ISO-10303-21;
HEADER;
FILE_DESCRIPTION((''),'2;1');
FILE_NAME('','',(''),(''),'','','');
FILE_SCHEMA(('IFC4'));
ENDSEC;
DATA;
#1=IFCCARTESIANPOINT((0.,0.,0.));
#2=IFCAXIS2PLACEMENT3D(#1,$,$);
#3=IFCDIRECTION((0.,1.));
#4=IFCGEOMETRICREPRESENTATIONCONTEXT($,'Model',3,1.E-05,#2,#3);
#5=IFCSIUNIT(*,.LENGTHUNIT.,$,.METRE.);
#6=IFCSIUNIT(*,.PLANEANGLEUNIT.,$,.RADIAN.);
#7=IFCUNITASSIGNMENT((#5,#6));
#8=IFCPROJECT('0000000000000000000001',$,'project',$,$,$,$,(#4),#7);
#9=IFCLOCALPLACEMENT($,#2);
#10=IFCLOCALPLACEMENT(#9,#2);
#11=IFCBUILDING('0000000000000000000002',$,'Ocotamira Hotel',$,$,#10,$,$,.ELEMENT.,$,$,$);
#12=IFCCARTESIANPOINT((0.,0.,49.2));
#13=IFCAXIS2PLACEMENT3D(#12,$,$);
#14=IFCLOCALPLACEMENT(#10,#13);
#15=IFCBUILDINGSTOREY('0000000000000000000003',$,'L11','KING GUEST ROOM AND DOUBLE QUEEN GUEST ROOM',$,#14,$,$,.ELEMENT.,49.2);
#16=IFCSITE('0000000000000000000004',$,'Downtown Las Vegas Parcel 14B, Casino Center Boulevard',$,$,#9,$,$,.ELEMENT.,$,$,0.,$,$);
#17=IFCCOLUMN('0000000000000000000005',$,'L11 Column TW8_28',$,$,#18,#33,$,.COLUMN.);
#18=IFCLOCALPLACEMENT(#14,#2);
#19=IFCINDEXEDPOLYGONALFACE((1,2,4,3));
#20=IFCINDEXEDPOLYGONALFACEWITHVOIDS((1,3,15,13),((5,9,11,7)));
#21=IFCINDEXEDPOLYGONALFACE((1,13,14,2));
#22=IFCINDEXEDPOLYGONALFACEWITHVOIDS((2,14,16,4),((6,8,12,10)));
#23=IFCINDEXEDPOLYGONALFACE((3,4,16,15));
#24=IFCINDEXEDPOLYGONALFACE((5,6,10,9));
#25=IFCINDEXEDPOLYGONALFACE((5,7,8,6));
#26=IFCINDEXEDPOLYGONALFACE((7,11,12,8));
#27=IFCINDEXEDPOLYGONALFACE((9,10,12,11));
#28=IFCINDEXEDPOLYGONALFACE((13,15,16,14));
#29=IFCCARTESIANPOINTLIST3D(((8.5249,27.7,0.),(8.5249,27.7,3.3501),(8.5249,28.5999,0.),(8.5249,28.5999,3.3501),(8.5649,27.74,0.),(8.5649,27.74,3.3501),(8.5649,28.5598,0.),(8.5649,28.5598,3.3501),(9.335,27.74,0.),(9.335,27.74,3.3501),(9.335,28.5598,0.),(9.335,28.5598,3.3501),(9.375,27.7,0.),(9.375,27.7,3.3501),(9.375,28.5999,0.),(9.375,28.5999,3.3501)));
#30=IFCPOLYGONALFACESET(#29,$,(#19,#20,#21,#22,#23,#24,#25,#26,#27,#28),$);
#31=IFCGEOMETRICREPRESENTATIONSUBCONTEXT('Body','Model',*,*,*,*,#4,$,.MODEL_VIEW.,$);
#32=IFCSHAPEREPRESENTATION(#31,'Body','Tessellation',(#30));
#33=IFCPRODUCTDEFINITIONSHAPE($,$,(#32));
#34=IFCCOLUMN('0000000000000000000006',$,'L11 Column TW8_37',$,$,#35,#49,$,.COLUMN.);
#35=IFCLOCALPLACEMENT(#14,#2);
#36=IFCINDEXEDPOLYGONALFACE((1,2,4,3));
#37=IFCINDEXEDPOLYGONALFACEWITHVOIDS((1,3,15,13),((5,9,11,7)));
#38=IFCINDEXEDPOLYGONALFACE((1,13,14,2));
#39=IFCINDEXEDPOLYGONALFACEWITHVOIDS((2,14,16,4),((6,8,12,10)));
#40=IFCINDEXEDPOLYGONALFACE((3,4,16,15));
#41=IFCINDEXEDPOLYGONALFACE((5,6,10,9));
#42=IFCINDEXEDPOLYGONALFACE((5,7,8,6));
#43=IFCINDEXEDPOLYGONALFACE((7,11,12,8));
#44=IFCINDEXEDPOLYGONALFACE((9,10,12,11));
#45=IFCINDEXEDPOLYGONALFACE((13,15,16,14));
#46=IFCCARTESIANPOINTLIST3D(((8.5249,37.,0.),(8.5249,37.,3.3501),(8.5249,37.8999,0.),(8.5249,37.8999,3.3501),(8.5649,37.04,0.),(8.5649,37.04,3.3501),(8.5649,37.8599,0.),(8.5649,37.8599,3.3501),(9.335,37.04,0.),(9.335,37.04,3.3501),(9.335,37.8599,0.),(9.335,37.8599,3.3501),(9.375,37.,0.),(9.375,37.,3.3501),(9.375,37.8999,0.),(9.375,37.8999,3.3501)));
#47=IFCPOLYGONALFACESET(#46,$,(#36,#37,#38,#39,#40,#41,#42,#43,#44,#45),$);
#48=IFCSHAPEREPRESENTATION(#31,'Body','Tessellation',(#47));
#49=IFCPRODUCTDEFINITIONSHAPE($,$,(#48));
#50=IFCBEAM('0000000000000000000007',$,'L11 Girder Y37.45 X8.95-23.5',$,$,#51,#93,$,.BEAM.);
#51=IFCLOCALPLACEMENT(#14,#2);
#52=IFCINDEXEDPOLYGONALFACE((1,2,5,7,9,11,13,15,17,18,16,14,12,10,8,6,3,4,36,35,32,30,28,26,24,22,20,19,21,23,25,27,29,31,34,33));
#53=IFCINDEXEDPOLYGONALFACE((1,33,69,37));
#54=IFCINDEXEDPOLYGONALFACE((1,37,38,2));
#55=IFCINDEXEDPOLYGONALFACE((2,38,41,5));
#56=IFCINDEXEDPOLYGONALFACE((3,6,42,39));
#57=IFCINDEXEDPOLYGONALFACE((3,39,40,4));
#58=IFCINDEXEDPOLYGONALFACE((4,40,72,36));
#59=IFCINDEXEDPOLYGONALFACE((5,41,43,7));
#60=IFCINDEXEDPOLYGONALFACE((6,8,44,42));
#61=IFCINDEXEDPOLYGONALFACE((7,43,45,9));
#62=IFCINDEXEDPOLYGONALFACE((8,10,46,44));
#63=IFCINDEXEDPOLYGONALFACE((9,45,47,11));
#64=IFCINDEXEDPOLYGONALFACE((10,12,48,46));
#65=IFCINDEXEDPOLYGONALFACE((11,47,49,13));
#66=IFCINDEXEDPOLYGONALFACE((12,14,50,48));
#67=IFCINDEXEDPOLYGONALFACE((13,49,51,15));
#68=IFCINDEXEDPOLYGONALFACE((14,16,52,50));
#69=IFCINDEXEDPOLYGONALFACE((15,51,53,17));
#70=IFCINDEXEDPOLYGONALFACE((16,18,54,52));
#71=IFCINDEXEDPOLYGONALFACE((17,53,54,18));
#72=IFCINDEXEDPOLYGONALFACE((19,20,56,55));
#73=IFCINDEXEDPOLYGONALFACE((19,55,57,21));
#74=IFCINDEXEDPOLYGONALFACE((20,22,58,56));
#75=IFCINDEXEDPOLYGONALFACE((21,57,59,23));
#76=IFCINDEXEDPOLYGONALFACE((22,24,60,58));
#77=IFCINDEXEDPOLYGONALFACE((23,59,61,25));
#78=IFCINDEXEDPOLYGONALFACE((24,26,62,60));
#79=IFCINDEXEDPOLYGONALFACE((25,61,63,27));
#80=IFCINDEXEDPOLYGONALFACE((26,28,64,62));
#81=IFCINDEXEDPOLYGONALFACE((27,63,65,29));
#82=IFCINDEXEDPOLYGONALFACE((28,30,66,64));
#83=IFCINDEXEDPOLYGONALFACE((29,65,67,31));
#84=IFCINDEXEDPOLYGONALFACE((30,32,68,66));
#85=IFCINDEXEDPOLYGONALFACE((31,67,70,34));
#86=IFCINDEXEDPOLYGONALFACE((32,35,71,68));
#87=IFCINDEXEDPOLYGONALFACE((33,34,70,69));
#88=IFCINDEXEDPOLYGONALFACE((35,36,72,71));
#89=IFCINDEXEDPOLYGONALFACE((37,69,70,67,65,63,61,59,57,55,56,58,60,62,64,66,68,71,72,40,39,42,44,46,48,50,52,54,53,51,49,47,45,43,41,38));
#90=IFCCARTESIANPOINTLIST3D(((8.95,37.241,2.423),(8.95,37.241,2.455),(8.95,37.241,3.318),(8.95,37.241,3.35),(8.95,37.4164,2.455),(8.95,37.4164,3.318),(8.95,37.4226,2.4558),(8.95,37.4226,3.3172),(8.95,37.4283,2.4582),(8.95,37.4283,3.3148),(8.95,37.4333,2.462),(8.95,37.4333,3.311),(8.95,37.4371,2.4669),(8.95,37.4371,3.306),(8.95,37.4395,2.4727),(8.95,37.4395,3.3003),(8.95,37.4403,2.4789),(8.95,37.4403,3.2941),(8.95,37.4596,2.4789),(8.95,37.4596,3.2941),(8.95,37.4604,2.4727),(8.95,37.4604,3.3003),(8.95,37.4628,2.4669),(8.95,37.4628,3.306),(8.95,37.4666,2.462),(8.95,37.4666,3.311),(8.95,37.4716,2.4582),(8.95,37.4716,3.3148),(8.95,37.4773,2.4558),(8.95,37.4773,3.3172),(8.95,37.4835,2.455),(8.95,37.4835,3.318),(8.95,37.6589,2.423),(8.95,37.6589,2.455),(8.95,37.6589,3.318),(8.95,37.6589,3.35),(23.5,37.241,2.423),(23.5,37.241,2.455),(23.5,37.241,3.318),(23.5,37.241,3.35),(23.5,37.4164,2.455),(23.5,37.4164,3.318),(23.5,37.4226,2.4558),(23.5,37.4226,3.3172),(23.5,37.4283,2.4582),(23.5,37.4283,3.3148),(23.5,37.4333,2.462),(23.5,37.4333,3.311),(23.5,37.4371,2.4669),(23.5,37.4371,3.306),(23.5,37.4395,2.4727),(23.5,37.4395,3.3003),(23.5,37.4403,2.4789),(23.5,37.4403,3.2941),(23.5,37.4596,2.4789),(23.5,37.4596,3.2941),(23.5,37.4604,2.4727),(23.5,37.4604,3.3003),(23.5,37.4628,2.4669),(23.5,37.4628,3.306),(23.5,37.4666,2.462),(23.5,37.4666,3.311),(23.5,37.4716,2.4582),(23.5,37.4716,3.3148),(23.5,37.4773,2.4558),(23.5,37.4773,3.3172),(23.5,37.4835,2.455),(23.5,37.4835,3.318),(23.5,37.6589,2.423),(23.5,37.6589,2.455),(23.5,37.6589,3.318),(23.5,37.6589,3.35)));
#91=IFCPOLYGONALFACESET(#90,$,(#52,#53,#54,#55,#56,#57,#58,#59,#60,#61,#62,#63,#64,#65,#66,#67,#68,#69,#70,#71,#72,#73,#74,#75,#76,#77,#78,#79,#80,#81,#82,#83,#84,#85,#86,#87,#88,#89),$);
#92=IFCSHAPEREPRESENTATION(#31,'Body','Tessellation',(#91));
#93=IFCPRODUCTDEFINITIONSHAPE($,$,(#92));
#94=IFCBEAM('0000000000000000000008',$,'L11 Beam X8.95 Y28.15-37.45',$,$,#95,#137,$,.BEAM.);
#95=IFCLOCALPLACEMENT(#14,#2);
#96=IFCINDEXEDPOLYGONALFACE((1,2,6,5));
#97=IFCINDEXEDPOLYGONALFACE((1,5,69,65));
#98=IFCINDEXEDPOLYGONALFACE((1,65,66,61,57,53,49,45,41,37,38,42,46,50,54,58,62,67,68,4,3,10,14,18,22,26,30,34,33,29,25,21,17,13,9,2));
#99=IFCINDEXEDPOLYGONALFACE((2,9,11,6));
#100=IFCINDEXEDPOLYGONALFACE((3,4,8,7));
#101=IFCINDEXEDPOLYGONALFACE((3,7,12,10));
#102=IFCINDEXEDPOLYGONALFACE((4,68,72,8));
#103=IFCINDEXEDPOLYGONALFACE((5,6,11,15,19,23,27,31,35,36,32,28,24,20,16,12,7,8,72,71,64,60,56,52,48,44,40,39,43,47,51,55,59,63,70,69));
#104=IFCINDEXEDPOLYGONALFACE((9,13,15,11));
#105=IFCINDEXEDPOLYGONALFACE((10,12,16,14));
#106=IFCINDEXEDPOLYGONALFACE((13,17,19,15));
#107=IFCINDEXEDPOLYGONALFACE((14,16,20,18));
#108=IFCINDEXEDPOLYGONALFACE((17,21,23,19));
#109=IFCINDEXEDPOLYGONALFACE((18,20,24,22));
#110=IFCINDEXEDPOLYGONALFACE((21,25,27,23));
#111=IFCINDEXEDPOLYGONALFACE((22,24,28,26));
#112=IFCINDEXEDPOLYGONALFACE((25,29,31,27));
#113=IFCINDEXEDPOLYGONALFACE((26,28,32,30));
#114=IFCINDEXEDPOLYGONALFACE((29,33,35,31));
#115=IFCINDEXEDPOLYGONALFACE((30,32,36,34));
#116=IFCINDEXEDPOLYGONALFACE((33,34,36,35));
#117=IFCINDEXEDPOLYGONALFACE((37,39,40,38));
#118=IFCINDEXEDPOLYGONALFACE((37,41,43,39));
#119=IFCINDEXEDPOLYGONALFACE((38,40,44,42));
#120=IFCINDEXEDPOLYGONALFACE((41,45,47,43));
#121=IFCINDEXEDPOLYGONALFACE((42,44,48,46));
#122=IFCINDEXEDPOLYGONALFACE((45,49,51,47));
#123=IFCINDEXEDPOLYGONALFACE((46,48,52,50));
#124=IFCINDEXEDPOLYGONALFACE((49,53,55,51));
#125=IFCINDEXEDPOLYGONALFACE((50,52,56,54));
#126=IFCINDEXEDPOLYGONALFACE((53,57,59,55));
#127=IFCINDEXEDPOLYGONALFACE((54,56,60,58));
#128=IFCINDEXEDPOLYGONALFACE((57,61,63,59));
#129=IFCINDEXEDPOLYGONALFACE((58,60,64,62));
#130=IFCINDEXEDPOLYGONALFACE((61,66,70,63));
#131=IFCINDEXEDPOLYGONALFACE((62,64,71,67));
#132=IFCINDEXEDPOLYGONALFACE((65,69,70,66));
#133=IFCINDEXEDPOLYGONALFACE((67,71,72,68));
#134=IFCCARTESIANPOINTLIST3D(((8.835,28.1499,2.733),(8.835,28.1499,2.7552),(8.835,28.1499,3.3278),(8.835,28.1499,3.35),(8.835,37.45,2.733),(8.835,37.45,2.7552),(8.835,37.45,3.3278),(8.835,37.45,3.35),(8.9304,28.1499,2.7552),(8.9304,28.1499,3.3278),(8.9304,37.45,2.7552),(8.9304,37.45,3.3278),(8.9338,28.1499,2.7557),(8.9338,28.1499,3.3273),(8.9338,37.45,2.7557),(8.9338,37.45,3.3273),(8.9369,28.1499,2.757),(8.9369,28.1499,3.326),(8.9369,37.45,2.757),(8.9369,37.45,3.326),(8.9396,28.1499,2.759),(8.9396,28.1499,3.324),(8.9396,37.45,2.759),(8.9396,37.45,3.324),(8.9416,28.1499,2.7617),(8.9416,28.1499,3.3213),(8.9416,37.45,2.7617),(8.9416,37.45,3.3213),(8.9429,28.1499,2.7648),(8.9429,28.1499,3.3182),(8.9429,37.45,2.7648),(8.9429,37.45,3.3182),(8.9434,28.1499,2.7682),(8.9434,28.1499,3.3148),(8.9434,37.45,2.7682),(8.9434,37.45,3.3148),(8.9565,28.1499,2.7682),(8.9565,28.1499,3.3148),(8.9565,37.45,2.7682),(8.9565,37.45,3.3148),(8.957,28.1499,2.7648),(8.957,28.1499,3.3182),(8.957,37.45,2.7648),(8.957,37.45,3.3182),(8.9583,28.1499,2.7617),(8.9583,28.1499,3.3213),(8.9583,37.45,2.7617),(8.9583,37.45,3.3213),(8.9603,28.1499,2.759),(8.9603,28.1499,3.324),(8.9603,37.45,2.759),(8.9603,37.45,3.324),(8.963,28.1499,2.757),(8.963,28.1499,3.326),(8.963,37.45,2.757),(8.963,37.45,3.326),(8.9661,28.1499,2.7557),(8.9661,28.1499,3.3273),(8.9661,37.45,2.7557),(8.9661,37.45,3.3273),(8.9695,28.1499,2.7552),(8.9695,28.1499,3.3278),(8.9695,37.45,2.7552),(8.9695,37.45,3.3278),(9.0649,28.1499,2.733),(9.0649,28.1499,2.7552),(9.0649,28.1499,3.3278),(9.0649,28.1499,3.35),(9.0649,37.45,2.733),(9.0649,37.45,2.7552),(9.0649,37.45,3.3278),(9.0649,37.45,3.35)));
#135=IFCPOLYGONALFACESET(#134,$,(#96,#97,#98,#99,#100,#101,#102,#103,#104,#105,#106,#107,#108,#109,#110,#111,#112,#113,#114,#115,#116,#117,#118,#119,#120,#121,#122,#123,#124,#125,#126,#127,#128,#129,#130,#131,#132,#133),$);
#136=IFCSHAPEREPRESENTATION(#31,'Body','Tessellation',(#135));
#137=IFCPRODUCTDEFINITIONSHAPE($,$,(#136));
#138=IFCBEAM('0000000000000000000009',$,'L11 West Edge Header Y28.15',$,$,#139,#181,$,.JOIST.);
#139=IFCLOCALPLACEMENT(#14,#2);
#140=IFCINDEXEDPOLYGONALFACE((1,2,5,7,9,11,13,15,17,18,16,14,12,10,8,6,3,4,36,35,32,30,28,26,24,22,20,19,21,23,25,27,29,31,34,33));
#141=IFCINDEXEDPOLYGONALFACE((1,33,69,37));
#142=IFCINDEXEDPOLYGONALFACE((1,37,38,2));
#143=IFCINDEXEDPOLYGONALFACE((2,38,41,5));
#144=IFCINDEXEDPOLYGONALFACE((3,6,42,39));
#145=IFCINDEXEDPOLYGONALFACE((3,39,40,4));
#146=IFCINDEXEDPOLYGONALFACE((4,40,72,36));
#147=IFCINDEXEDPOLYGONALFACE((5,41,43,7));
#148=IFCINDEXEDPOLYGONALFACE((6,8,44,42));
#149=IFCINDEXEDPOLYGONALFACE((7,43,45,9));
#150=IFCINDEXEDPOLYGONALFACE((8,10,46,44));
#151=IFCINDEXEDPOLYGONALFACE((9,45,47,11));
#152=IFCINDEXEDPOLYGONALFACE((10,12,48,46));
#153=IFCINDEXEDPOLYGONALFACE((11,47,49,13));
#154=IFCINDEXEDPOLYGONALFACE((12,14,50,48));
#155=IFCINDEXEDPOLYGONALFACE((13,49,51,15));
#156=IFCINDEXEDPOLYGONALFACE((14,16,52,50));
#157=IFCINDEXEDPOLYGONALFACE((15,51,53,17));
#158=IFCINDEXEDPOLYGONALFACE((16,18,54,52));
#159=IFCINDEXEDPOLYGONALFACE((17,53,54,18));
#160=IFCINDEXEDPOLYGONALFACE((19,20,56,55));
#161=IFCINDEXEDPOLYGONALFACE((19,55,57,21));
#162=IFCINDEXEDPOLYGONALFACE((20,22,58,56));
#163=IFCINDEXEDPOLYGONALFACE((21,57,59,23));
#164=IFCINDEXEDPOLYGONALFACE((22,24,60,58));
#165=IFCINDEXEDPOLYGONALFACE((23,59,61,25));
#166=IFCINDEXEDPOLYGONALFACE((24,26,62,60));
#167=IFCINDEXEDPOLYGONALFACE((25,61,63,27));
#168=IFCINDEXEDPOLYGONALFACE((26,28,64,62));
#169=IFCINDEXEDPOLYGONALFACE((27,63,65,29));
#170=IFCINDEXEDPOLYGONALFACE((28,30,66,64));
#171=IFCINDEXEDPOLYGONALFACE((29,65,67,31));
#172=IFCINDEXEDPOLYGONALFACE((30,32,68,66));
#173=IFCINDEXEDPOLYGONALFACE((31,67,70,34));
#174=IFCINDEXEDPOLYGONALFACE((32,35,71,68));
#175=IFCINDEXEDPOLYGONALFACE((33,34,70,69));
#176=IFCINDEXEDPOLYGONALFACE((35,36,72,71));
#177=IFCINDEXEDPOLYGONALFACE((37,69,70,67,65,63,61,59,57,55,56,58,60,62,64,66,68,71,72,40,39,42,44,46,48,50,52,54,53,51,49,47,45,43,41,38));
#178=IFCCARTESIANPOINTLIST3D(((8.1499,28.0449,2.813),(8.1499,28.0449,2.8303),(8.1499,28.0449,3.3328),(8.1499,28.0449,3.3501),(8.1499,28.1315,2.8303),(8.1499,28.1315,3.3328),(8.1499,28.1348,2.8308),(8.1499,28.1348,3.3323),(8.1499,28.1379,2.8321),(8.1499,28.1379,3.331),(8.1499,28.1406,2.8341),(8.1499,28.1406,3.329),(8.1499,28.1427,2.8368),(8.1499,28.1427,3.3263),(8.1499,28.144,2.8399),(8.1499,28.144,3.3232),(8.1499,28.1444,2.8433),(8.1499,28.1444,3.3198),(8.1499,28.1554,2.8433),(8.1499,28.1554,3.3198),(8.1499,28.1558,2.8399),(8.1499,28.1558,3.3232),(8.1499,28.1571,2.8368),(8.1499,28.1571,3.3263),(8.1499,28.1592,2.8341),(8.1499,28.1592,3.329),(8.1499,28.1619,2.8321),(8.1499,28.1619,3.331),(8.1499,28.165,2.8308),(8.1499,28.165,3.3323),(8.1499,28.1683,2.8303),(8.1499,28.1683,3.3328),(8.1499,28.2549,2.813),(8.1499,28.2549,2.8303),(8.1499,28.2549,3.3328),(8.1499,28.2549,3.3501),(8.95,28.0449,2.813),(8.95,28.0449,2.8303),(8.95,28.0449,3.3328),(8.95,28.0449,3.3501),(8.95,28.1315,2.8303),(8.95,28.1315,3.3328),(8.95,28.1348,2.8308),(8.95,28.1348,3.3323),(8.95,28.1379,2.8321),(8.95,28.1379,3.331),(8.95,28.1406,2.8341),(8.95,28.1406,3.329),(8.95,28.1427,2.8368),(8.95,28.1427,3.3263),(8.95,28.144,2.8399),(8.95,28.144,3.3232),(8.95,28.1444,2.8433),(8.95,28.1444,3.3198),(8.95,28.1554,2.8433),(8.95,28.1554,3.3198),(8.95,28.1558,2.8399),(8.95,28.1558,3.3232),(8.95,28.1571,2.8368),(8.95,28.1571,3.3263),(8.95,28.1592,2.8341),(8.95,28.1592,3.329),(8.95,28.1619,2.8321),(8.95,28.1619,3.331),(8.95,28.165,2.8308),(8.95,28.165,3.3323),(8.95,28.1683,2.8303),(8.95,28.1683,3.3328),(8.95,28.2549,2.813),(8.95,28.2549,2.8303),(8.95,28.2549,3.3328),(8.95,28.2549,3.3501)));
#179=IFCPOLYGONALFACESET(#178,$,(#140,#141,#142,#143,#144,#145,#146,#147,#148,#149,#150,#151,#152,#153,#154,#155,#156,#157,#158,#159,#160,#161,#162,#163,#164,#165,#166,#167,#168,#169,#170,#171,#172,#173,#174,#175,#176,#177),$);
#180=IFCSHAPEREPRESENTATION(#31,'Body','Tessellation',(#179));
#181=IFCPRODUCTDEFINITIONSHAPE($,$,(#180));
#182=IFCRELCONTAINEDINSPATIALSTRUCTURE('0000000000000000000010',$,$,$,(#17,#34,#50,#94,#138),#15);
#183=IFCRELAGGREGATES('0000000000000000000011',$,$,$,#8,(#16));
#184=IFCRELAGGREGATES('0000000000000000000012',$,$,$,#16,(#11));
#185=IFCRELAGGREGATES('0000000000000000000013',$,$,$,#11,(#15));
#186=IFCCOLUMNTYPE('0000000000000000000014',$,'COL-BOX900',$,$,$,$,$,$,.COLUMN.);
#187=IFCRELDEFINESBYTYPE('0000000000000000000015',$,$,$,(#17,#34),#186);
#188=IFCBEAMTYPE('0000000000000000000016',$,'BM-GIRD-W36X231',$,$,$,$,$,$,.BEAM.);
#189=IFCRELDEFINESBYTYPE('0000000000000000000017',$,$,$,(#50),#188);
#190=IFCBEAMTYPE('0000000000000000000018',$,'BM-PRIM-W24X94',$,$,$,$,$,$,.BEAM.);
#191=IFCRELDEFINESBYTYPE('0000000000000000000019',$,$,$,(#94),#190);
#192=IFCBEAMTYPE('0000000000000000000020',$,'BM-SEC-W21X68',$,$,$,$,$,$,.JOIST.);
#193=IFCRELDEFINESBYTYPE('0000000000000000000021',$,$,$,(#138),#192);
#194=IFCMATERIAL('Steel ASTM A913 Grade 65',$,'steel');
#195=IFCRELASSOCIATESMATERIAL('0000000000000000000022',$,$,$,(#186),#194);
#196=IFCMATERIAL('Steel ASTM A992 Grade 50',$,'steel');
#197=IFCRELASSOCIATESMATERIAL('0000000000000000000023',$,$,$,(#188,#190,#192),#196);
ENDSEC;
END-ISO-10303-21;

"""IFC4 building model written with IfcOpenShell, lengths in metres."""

from ifc_helpers import new_model, si_unit, direction, frame, origin, origin_2d, place, context, subcontext, project, spatial, hollow_rectangle, i_section, extrude, source, transform, mapped, material, material_profile, profile_set, type_object, element, save


model = new_model("IFC4")

# Units and contexts
model_context = context("Model", 3, precision=1e-05, world=origin(), true_north=direction((0.0, 1.0)))
body_context = subcontext(model_context, "Body", "Model", "MODEL_VIEW")
ifc_project = project(units=[si_unit("LENGTHUNIT", "METRE"), si_unit("PLANEANGLEUNIT", "RADIAN")], contexts=[model_context])

# Site, building, storey
site_placement = place(None, origin())
site = spatial("IfcSite", under=ifc_project, at=site_placement, Name="Downtown Las Vegas Parcel 14B, Casino Center Boulevard", CompositionType="ELEMENT", RefElevation=0.0)
building_placement = place(site_placement, origin())
building = spatial("IfcBuilding", under=site, at=building_placement, Name="Ocotamira Hotel", CompositionType="ELEMENT")
storey_placement = place(building_placement, frame((0.0, 0.0, 49.2)))
storey = spatial("IfcBuildingStorey", under=building, at=storey_placement, Name="L11", Description="KING GUEST ROOM AND DOUBLE QUEEN GUEST ROOM", CompositionType="ELEMENT", Elevation=49.2)

# Columns
ifc_material_1 = material(Name="Steel ASTM A913 Grade 65", Category="steel")
ifc_material_profile_1 = material_profile(ifc_material_1, hollow_rectangle(XDim=0.8501, YDim=0.8999, WallThickness=0.04, at=origin_2d()), Name="BOX900X850X40")
ifc_profile_set_1 = profile_set([ifc_material_profile_1], Name="Steel ASTM A913 Grade 65")
column_type = type_object("IfcColumnType", Name="COL-BOX900", PredefinedType="COLUMN", material=ifc_profile_set_1)
shared_shape_1 = source(origin(), body_context, "Body", "SweptSolid", [
    extrude(hollow_rectangle(XDim=0.8501, YDim=0.8999, WallThickness=0.04, at=origin_2d()), origin(), (0.0, 0.0, 1.0), 3.3501),
])
for number, where, z_axis, x_axis, name in (
    (1, (8.95, 28.1499, 0.0), (0.0, 0.0, 1.0), (1.0, 0.0, 0.0), "L11 Column TW8_28"),
    (2, (8.95, 37.45, 0.0), (0.0, 0.0, 1.0), (1.0, 0.0, 0.0), "L11 Column TW8_37"),
):
    element("IfcColumn", number, at=place(storey_placement, frame(where, z_axis=z_axis, x_axis=x_axis)), inside=storey, type_object=column_type, Name=name, PredefinedType="COLUMN", context=body_context, shape_type="MappedRepresentation", body=[
        mapped(shared_shape_1, transform((0.0, 0.0, 0.0), scale=1.0)),
    ])

# Beams
ifc_material_2 = material(Name="Steel ASTM A992 Grade 50", Category="steel")
ifc_material_profile_2 = material_profile(ifc_material_2, i_section(OverallWidth=0.418, OverallDepth=0.927, WebThickness=0.0193, FlangeThickness=0.032, FilletRadius=0.0239, at=origin_2d()), Name="W36X231")
ifc_profile_set_2 = profile_set([ifc_material_profile_2], Name="Steel ASTM A992 Grade 50")
beam_type_1 = type_object("IfcBeamType", Name="BM-GIRD-W36X231", PredefinedType="BEAM", material=ifc_profile_set_2)
shared_shape_2 = source(origin(), body_context, "Body", "SweptSolid", [
    extrude(i_section(OverallWidth=0.418, OverallDepth=0.927, WebThickness=0.0193, FlangeThickness=0.032, FilletRadius=0.0239, at=origin_2d()), origin(), (0.0, 0.0, 1.0), 14.55),
])
beam_1_placement = place(storey_placement, frame((8.95, 37.45, 2.8865), z_axis=(1.0, 0.0, 0.0), x_axis=(0.0, 1.0, 0.0)))
element("IfcBeam", 3, at=beam_1_placement, inside=storey, type_object=beam_type_1, Name="L11 Girder Y37.45 X8.95-23.5", PredefinedType="BEAM", context=body_context, shape_type="MappedRepresentation", body=[
    mapped(shared_shape_2, transform((0.0, 0.0, 0.0), scale=1.0)),
])
ifc_material_profile_3 = material_profile(ifc_material_2, i_section(OverallWidth=0.23, OverallDepth=0.6169, WebThickness=0.0132, FlangeThickness=0.0222, FilletRadius=0.0129, at=origin_2d()), Name="W24X94")
ifc_profile_set_3 = profile_set([ifc_material_profile_3], Name="Steel ASTM A992 Grade 50")
beam_type_2 = type_object("IfcBeamType", Name="BM-PRIM-W24X94", PredefinedType="BEAM", material=ifc_profile_set_3)
shared_shape_3 = source(origin(), body_context, "Body", "SweptSolid", [
    extrude(i_section(OverallWidth=0.23, OverallDepth=0.6169, WebThickness=0.0132, FlangeThickness=0.0222, FilletRadius=0.0129, at=origin_2d()), origin(), (0.0, 0.0, 1.0), 9.3),
])
beam_2_placement = place(storey_placement, frame((8.95, 28.1499, 3.0415), z_axis=(0.0, 1.0, 0.0), x_axis=(-1.0, 0.0, 0.0)))
element("IfcBeam", 4, at=beam_2_placement, inside=storey, type_object=beam_type_2, Name="L11 Beam X8.95 Y28.15-37.45", PredefinedType="BEAM", context=body_context, shape_type="MappedRepresentation", body=[
    mapped(shared_shape_3, transform((0.0, 0.0, 0.0), scale=1.0)),
])
ifc_material_profile_4 = material_profile(ifc_material_2, i_section(OverallWidth=0.21, OverallDepth=0.5371, WebThickness=0.011, FlangeThickness=0.0173, FilletRadius=0.0129, at=origin_2d()), Name="W21X68")
ifc_profile_set_4 = profile_set([ifc_material_profile_4], Name="Steel ASTM A992 Grade 50")
beam_type_3 = type_object("IfcBeamType", Name="BM-SEC-W21X68", PredefinedType="JOIST", material=ifc_profile_set_4)
shared_shape_4 = source(origin(), body_context, "Body", "SweptSolid", [
    extrude(i_section(OverallWidth=0.21, OverallDepth=0.5371, WebThickness=0.011, FlangeThickness=0.0173, FilletRadius=0.0129, at=origin_2d()), origin(), (0.0, 0.0, 1.0), 0.8),
])
for number, where, z_axis, x_axis, name in (
    (5, (8.95, 28.1499, 3.0815), (-1.0, 0.0, 0.0), (0.0, -1.0, 0.0), "L11 West Edge Header Y28.15"),
):
    element("IfcBeam", number, at=place(storey_placement, frame(where, z_axis=z_axis, x_axis=x_axis)), inside=storey, type_object=beam_type_3, Name=name, PredefinedType="JOIST", context=body_context, shape_type="MappedRepresentation", body=[
        mapped(shared_shape_4, transform((0.0, 0.0, 0.0), scale=1.0)),
    ])

save(model, "model.ifc")
